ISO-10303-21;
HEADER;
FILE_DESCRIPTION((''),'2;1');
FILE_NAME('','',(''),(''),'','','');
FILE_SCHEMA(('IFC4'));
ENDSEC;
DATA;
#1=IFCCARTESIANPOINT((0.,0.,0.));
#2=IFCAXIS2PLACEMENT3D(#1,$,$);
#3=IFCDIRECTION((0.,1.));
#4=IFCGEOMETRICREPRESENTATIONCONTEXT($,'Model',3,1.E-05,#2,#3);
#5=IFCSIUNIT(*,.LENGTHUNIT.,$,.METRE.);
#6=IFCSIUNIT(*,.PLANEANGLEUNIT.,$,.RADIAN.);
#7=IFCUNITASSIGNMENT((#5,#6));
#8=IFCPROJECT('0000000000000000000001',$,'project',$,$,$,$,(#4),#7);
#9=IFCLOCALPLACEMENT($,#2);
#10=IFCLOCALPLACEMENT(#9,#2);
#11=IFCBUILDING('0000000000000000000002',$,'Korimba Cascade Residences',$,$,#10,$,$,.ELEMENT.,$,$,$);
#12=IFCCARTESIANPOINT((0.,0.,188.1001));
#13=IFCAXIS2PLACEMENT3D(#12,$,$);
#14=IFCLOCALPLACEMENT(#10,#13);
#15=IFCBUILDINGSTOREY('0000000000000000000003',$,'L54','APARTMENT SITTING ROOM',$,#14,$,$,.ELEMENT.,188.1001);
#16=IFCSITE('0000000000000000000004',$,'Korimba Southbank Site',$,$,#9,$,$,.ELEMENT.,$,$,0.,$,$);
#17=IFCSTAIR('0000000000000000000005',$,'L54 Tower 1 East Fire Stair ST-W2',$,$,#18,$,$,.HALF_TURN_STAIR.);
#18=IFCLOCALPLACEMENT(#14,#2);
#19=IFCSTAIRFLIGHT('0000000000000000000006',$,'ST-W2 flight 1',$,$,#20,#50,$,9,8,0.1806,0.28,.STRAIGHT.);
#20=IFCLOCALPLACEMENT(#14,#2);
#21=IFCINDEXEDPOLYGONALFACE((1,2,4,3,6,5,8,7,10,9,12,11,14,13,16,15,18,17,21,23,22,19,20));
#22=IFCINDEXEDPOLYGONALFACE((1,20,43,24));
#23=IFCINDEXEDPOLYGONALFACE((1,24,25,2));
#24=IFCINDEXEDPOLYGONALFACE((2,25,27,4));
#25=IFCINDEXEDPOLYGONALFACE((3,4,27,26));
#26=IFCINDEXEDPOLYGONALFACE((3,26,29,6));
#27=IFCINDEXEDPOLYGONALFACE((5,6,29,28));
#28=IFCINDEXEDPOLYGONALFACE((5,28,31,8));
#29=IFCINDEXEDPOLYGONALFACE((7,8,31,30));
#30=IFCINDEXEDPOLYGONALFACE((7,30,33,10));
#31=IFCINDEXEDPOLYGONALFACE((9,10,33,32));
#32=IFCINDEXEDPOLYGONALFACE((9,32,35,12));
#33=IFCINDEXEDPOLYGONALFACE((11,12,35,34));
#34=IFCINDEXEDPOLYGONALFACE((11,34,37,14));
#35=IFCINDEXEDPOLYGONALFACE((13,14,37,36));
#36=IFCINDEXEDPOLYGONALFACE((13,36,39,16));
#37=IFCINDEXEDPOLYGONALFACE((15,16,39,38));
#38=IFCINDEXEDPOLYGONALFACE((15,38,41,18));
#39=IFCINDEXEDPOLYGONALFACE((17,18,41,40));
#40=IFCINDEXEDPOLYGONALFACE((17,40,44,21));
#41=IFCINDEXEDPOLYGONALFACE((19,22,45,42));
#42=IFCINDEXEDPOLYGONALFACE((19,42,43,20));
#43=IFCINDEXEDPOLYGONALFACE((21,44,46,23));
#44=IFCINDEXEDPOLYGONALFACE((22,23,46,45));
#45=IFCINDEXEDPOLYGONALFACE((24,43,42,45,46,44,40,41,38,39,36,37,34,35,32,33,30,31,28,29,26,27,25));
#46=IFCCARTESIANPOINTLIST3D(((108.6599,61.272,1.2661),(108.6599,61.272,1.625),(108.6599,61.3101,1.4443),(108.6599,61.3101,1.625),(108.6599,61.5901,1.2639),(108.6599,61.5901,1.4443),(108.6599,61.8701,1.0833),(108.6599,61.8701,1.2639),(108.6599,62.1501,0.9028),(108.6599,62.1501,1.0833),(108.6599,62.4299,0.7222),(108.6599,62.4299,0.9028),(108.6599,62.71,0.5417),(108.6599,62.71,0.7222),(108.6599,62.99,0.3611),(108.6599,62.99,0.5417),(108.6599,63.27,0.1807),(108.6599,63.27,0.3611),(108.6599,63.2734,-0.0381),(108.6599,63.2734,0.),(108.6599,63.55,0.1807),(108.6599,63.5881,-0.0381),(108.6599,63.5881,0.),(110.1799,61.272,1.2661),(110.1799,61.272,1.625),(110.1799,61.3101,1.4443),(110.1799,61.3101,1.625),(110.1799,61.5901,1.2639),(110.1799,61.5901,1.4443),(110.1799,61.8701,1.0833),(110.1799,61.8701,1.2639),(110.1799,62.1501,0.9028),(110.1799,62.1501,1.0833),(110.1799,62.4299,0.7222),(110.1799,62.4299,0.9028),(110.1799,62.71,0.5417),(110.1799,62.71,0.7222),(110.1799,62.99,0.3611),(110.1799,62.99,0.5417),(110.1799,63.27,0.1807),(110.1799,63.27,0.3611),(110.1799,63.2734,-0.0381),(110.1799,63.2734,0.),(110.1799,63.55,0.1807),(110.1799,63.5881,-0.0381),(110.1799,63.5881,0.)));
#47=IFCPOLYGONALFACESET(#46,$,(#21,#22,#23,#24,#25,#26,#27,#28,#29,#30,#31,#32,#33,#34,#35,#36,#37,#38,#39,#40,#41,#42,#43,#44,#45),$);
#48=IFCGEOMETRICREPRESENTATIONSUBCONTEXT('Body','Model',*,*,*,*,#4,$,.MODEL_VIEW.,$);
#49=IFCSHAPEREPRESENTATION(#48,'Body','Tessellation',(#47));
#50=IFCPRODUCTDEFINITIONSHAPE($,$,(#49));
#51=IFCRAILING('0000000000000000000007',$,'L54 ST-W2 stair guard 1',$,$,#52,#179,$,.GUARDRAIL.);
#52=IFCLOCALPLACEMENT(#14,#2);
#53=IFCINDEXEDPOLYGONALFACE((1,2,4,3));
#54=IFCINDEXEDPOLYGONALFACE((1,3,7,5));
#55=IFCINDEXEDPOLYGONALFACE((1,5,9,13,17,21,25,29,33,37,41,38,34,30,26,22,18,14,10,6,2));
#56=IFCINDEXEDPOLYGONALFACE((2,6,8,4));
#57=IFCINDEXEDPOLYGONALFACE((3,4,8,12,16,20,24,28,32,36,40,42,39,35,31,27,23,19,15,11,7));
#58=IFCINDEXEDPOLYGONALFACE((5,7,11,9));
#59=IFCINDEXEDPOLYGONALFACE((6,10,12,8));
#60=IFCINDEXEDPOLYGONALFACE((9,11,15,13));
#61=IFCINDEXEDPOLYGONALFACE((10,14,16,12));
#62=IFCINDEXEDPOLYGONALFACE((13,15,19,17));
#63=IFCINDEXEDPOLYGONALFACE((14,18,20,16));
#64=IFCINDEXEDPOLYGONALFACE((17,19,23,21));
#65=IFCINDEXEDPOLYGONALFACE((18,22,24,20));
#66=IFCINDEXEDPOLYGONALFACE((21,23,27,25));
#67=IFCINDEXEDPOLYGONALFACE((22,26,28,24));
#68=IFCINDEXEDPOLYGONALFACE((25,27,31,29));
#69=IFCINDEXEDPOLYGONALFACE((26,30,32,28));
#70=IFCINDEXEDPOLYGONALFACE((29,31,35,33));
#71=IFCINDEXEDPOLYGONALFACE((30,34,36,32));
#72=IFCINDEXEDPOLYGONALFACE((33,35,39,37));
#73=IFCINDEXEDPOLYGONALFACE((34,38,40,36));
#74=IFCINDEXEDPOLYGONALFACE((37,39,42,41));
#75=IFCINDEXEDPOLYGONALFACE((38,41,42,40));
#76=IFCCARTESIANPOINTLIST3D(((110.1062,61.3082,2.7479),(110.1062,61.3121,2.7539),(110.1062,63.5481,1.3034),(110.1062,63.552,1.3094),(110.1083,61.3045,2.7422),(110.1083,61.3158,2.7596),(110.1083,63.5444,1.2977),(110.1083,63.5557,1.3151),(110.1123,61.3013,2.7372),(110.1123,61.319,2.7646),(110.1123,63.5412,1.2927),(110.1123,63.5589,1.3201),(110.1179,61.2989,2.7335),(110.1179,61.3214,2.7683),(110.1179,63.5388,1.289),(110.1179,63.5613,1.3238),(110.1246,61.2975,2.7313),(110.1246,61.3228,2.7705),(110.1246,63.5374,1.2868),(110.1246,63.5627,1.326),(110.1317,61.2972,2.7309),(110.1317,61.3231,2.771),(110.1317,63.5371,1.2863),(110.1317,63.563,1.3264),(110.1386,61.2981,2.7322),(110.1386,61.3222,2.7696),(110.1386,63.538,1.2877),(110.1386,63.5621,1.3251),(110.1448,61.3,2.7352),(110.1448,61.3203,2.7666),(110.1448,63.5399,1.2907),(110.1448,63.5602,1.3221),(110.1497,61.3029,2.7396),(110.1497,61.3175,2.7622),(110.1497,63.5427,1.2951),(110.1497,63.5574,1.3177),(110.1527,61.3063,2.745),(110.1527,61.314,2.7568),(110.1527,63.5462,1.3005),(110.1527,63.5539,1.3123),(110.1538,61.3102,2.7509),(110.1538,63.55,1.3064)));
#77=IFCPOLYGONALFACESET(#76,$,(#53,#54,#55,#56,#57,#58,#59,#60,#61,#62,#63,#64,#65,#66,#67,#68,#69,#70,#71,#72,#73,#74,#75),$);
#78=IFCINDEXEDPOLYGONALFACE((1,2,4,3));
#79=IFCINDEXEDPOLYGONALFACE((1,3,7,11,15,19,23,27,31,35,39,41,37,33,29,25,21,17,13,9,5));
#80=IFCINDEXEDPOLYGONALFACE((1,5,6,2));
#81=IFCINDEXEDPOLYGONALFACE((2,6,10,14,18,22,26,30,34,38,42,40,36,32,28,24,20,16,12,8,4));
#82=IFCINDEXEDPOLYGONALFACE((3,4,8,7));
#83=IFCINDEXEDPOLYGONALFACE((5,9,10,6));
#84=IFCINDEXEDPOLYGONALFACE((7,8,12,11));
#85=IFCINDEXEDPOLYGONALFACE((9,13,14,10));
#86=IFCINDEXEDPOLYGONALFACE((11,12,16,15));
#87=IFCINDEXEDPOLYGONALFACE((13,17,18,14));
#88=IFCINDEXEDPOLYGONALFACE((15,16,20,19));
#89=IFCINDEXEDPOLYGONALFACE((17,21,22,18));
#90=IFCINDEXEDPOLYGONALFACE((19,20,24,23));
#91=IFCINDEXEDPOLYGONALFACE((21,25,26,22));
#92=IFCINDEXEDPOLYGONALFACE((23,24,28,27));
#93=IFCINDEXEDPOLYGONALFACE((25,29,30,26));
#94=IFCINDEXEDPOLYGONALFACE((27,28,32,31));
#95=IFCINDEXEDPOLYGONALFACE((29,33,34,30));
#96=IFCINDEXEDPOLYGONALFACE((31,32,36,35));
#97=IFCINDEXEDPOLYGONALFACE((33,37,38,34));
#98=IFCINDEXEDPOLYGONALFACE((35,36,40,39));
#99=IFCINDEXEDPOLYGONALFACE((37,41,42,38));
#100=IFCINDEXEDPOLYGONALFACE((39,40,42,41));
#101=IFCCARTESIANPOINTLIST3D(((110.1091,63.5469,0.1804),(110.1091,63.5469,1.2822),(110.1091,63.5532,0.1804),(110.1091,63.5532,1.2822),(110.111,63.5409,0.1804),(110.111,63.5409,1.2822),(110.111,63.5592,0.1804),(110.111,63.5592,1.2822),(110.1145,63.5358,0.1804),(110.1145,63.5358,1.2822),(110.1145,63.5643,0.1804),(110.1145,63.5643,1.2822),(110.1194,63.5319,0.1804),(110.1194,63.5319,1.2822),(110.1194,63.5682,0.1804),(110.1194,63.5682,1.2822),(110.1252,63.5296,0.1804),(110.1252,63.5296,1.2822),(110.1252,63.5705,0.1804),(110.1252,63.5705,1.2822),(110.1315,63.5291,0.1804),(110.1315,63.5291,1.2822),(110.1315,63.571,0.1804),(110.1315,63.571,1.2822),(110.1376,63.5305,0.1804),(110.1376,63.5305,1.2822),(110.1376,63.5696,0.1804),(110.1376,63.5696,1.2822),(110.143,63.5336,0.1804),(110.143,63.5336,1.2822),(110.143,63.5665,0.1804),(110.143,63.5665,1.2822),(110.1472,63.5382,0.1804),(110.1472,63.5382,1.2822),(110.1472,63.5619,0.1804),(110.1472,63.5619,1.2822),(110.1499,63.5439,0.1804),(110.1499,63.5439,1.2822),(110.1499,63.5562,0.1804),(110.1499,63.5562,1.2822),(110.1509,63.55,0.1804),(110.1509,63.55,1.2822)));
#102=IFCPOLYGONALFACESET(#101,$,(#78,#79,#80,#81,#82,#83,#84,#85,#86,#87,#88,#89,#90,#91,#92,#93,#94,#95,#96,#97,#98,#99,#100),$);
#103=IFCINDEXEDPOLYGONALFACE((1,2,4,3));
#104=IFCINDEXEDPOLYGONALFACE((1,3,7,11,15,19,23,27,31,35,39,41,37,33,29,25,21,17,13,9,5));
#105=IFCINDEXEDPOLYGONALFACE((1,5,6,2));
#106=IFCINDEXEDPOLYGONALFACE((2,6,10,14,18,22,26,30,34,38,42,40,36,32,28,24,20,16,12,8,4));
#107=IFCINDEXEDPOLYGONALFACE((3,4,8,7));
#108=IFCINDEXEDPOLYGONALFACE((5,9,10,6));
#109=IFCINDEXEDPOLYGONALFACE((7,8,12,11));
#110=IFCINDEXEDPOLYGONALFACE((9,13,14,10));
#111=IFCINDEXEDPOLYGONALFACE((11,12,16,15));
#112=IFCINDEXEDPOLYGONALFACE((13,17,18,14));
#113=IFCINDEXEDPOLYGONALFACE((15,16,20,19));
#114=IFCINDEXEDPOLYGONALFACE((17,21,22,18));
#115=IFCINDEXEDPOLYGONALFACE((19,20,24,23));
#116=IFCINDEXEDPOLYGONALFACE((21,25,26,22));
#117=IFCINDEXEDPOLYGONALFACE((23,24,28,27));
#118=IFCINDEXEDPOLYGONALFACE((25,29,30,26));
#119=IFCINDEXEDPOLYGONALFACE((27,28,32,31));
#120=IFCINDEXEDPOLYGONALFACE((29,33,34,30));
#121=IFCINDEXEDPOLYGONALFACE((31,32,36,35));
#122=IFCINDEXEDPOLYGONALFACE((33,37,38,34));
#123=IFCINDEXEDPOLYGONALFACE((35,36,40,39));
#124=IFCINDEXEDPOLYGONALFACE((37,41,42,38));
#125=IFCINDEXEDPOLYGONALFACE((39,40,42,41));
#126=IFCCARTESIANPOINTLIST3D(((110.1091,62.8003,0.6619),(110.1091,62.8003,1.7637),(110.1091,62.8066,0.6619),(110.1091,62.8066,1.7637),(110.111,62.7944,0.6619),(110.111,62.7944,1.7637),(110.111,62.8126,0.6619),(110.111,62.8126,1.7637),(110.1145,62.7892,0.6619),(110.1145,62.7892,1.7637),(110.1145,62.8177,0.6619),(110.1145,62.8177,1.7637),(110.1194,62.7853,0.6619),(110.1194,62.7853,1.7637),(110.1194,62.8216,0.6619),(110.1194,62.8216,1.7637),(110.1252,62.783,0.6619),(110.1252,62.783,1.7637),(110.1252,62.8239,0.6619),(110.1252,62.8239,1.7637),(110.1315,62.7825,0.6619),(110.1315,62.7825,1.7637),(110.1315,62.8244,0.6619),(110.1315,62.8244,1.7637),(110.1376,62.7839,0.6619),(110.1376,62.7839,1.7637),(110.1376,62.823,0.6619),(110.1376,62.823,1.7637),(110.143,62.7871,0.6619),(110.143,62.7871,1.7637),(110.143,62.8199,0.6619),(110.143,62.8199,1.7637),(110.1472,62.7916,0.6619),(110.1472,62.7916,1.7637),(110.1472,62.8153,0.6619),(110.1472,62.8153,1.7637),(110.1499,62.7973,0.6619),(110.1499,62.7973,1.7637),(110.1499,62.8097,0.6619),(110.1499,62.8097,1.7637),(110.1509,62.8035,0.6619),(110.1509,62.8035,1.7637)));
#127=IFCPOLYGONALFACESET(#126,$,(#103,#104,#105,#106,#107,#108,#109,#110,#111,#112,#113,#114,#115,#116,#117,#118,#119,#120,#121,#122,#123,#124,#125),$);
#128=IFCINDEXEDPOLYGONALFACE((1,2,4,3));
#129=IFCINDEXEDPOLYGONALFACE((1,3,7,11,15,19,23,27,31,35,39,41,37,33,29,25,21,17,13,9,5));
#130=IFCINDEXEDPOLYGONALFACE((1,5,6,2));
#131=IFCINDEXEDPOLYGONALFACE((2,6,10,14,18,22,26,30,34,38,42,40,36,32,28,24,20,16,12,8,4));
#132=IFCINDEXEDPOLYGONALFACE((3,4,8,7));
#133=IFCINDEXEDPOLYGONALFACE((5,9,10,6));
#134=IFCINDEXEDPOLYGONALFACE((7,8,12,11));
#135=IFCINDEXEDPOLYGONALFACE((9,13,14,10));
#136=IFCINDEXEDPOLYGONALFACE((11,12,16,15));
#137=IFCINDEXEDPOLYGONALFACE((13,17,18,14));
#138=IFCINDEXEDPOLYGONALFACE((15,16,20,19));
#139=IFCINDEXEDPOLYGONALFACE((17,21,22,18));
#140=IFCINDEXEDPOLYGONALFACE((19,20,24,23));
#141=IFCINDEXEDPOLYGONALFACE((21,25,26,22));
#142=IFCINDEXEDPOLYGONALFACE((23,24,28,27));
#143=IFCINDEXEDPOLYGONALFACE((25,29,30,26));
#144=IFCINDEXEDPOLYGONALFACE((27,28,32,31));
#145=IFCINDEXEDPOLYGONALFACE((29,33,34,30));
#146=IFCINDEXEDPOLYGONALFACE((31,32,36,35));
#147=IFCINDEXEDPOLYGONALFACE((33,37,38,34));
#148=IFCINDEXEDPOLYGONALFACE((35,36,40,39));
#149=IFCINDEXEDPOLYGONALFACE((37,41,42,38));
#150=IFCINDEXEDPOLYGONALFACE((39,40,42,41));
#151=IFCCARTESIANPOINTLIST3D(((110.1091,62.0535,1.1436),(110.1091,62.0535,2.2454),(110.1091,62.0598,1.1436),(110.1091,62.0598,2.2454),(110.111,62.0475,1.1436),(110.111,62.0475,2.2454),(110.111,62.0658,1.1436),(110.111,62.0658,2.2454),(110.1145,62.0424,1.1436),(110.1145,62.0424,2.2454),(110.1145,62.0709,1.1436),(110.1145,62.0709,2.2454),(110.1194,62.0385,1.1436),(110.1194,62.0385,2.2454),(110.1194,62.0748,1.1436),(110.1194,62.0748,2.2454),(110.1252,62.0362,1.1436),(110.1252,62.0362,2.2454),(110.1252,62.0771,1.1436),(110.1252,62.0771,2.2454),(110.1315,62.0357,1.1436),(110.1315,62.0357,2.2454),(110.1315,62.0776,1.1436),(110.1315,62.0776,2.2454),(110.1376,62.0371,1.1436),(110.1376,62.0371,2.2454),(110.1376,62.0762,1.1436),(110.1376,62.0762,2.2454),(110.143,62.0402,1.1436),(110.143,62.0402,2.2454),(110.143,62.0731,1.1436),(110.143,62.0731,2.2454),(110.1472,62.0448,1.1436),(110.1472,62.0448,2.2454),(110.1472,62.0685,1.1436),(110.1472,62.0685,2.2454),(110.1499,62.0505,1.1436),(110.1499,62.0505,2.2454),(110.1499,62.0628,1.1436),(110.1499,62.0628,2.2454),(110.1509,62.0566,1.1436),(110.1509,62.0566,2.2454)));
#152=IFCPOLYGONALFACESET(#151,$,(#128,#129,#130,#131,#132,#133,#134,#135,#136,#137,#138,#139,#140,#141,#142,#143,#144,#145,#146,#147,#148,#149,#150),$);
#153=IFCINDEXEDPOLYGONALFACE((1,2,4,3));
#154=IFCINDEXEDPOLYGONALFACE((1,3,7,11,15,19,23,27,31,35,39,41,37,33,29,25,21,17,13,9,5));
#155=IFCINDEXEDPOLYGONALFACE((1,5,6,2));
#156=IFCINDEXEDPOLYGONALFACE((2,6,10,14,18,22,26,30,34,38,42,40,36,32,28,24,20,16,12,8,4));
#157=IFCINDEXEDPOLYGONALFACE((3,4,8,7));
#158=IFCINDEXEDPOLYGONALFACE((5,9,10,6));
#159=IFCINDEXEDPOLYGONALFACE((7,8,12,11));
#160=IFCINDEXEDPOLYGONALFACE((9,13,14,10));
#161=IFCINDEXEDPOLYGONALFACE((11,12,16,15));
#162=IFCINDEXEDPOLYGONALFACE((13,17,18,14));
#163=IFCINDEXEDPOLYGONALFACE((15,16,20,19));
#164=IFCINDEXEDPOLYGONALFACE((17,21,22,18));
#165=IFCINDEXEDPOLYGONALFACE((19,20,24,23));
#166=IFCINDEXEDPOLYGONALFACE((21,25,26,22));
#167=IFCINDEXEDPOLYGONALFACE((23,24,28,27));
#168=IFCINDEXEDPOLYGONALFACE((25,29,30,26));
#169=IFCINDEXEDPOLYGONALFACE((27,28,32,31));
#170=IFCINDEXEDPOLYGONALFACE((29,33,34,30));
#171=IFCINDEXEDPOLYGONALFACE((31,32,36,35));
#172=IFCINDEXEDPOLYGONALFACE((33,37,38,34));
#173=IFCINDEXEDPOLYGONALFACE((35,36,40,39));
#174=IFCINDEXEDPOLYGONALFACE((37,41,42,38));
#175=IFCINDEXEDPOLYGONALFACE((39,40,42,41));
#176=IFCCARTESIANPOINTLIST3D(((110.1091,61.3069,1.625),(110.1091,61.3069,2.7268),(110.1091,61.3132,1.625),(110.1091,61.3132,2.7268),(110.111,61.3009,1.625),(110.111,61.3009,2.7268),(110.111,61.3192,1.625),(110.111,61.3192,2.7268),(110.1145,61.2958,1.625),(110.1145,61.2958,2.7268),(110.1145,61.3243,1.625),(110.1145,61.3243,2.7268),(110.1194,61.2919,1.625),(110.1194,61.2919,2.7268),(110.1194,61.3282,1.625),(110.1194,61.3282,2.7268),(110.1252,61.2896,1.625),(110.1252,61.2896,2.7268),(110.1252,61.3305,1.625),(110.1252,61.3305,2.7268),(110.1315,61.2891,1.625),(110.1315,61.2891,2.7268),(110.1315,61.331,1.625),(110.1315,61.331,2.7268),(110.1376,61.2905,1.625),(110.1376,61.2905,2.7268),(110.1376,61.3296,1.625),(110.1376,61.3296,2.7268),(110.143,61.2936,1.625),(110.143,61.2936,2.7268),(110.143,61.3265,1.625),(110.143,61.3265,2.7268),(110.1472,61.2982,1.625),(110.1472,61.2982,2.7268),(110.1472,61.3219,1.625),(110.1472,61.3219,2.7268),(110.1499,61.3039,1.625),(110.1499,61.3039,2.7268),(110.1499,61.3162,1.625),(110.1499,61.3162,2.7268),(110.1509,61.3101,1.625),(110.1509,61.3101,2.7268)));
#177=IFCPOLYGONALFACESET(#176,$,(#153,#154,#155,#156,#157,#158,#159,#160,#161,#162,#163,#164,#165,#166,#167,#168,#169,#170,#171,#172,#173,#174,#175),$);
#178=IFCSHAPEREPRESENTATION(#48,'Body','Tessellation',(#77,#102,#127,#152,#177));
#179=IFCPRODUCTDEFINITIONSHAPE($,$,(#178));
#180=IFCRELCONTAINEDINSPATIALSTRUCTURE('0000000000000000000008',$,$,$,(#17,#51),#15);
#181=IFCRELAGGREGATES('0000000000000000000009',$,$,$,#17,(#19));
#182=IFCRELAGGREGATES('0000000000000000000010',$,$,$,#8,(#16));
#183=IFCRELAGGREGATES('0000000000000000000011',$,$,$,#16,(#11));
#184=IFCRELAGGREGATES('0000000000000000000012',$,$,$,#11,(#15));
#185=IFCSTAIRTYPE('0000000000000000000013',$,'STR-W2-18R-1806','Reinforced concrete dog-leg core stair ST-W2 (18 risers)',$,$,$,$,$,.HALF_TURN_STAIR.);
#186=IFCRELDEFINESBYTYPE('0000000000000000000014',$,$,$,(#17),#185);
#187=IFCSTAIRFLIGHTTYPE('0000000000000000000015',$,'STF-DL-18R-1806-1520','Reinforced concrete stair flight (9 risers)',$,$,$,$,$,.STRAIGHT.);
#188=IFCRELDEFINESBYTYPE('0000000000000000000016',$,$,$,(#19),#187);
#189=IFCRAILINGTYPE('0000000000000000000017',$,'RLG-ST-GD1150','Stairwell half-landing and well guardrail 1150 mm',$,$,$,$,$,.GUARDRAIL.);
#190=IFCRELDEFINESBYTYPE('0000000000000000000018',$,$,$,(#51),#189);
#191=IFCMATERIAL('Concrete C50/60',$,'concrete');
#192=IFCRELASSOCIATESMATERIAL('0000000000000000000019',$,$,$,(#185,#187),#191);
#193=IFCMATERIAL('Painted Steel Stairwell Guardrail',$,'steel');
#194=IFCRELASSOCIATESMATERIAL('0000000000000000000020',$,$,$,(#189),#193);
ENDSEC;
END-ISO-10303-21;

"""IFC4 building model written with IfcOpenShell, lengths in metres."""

from ifc_helpers import new_model, si_unit, direction, frame, origin, origin_2d, place, context, subcontext, project, spatial, polyline, circle, outline, extrude, material, type_object, element, aggregate, save


model = new_model("IFC4")

# Units and contexts
model_context = context("Model", 3, precision=1e-05, world=origin(), true_north=direction((0.0, 1.0)))
body_context = subcontext(model_context, "Body", "Model", "MODEL_VIEW")
ifc_project = project(units=[si_unit("LENGTHUNIT", "METRE"), si_unit("PLANEANGLEUNIT", "RADIAN")], contexts=[model_context])

# Site, building, storey
site_placement = place(None, origin())
site = spatial("IfcSite", under=ifc_project, at=site_placement, Name="Korimba Southbank Site", CompositionType="ELEMENT", RefElevation=0.0)
building_placement = place(site_placement, origin())
building = spatial("IfcBuilding", under=site, at=building_placement, Name="Korimba Cascade Residences", CompositionType="ELEMENT")
storey_placement = place(building_placement, frame((0.0, 0.0, 188.1001)))
storey = spatial("IfcBuildingStorey", under=building, at=storey_placement, Name="L54", Description="APARTMENT SITTING ROOM", CompositionType="ELEMENT", Elevation=188.1001)

# Shared definitions
ifc_material_1 = material(Name="Concrete C50/60", Category="concrete")

# Stair, stair flight
stair_type = type_object("IfcStairType", Name="STR-W2-18R-1806", Description="Reinforced concrete dog-leg core stair ST-W2 (18 risers)", PredefinedType="HALF_TURN_STAIR", material=ifc_material_1)
stair_placement = place(storey_placement, origin())
stair = element("IfcStair", 1, at=stair_placement, inside=storey, type_object=stair_type, Name="L54 Tower 1 East Fire Stair ST-W2", PredefinedType="HALF_TURN_STAIR")
stair_flight_type = type_object("IfcStairFlightType", Name="STF-DL-18R-1806-1520", Description="Reinforced concrete stair flight (9 risers)", PredefinedType="STRAIGHT", material=ifc_material_1)
stair_flight_placement = place(storey_placement, frame((109.4199, 63.55, 0.0), z_axis=(0.0, 0.0, 1.0), x_axis=(0.0, -1.0, 0.0)))
stair_flight = element("IfcStairFlight", 2, at=stair_flight_placement, type_object=stair_flight_type, Name="ST-W2 flight 1", NumberOfRisers=9, NumberOfTreads=8, PredefinedType="STRAIGHT", RiserHeight=0.1806, TreadLength=0.28, context=body_context, shape_type="SweptSolid", body=[
    extrude(outline(polyline([(-0.0381, 0.0), (0.0, 0.1807), (0.28, 0.1807), (0.28, 0.3611), (0.5601, 0.3611), (0.5601, 0.5417), (0.8401, 0.5417), (0.8401, 0.7222), (1.1201, 0.7222), (1.1201, 0.9028), (1.3999, 0.9028), (1.3999, 1.0833), (1.6799, 1.0833), (1.6799, 1.2639), (1.96, 1.2639), (1.96, 1.4443), (2.24, 1.4443), (2.24, 1.625), (2.2781, 1.625), (2.2781, 1.2661), (0.2766, 0.0), (0.2766, -0.0381), (-0.0381, -0.0381), (-0.0381, 0.0)])), frame((0.0, 0.76, 0.0), z_axis=(0.0, -1.0, 0.0), x_axis=(1.0, 0.0, 0.0)), (0.0, 0.0, 1.0), 1.52),
])
aggregate(stair, [stair_flight])

# Railing
ifc_material_2 = material(Name="Painted Steel Stairwell Guardrail", Category="steel")
railing_type_1 = type_object("IfcRailingType", Name="RLG-ST-GD1150", Description="Stairwell half-landing and well guardrail 1150 mm", PredefinedType="GUARDRAIL", material=ifc_material_2)
railing_1_placement = place(storey_placement, frame((110.1299, 63.55, 0.1804)))
element("IfcRailing", 3, at=railing_1_placement, inside=storey, type_object=railing_type_1, Name="L54 ST-W2 stair guard 1", PredefinedType="GUARDRAIL", context=body_context, shape_type="SweptSolid", body=[
    extrude(circle(Radius=0.0239, at=origin_2d()), frame((0.0, 0.0, 1.126), z_axis=(0.0, -0.840395, 0.541975), x_axis=(1.0, 0.0, 0.0)), (0.0, 0.0, 1.0), 2.6653),
    extrude(circle(Radius=0.021, at=origin_2d()), origin(), (0.0, 0.0, 1.0), 1.1018),
    extrude(circle(Radius=0.021, at=origin_2d()), frame((0.0, -0.7466, 0.4814)), (0.0, 0.0, 1.0), 1.1018),
    extrude(circle(Radius=0.021, at=origin_2d()), frame((0.0, -1.4934, 0.9631)), (0.0, 0.0, 1.0), 1.1018),
    extrude(circle(Radius=0.021, at=origin_2d()), frame((0.0, -2.24, 1.4446)), (0.0, 0.0, 1.0), 1.1018),
])

save(model, "model.ifc")
